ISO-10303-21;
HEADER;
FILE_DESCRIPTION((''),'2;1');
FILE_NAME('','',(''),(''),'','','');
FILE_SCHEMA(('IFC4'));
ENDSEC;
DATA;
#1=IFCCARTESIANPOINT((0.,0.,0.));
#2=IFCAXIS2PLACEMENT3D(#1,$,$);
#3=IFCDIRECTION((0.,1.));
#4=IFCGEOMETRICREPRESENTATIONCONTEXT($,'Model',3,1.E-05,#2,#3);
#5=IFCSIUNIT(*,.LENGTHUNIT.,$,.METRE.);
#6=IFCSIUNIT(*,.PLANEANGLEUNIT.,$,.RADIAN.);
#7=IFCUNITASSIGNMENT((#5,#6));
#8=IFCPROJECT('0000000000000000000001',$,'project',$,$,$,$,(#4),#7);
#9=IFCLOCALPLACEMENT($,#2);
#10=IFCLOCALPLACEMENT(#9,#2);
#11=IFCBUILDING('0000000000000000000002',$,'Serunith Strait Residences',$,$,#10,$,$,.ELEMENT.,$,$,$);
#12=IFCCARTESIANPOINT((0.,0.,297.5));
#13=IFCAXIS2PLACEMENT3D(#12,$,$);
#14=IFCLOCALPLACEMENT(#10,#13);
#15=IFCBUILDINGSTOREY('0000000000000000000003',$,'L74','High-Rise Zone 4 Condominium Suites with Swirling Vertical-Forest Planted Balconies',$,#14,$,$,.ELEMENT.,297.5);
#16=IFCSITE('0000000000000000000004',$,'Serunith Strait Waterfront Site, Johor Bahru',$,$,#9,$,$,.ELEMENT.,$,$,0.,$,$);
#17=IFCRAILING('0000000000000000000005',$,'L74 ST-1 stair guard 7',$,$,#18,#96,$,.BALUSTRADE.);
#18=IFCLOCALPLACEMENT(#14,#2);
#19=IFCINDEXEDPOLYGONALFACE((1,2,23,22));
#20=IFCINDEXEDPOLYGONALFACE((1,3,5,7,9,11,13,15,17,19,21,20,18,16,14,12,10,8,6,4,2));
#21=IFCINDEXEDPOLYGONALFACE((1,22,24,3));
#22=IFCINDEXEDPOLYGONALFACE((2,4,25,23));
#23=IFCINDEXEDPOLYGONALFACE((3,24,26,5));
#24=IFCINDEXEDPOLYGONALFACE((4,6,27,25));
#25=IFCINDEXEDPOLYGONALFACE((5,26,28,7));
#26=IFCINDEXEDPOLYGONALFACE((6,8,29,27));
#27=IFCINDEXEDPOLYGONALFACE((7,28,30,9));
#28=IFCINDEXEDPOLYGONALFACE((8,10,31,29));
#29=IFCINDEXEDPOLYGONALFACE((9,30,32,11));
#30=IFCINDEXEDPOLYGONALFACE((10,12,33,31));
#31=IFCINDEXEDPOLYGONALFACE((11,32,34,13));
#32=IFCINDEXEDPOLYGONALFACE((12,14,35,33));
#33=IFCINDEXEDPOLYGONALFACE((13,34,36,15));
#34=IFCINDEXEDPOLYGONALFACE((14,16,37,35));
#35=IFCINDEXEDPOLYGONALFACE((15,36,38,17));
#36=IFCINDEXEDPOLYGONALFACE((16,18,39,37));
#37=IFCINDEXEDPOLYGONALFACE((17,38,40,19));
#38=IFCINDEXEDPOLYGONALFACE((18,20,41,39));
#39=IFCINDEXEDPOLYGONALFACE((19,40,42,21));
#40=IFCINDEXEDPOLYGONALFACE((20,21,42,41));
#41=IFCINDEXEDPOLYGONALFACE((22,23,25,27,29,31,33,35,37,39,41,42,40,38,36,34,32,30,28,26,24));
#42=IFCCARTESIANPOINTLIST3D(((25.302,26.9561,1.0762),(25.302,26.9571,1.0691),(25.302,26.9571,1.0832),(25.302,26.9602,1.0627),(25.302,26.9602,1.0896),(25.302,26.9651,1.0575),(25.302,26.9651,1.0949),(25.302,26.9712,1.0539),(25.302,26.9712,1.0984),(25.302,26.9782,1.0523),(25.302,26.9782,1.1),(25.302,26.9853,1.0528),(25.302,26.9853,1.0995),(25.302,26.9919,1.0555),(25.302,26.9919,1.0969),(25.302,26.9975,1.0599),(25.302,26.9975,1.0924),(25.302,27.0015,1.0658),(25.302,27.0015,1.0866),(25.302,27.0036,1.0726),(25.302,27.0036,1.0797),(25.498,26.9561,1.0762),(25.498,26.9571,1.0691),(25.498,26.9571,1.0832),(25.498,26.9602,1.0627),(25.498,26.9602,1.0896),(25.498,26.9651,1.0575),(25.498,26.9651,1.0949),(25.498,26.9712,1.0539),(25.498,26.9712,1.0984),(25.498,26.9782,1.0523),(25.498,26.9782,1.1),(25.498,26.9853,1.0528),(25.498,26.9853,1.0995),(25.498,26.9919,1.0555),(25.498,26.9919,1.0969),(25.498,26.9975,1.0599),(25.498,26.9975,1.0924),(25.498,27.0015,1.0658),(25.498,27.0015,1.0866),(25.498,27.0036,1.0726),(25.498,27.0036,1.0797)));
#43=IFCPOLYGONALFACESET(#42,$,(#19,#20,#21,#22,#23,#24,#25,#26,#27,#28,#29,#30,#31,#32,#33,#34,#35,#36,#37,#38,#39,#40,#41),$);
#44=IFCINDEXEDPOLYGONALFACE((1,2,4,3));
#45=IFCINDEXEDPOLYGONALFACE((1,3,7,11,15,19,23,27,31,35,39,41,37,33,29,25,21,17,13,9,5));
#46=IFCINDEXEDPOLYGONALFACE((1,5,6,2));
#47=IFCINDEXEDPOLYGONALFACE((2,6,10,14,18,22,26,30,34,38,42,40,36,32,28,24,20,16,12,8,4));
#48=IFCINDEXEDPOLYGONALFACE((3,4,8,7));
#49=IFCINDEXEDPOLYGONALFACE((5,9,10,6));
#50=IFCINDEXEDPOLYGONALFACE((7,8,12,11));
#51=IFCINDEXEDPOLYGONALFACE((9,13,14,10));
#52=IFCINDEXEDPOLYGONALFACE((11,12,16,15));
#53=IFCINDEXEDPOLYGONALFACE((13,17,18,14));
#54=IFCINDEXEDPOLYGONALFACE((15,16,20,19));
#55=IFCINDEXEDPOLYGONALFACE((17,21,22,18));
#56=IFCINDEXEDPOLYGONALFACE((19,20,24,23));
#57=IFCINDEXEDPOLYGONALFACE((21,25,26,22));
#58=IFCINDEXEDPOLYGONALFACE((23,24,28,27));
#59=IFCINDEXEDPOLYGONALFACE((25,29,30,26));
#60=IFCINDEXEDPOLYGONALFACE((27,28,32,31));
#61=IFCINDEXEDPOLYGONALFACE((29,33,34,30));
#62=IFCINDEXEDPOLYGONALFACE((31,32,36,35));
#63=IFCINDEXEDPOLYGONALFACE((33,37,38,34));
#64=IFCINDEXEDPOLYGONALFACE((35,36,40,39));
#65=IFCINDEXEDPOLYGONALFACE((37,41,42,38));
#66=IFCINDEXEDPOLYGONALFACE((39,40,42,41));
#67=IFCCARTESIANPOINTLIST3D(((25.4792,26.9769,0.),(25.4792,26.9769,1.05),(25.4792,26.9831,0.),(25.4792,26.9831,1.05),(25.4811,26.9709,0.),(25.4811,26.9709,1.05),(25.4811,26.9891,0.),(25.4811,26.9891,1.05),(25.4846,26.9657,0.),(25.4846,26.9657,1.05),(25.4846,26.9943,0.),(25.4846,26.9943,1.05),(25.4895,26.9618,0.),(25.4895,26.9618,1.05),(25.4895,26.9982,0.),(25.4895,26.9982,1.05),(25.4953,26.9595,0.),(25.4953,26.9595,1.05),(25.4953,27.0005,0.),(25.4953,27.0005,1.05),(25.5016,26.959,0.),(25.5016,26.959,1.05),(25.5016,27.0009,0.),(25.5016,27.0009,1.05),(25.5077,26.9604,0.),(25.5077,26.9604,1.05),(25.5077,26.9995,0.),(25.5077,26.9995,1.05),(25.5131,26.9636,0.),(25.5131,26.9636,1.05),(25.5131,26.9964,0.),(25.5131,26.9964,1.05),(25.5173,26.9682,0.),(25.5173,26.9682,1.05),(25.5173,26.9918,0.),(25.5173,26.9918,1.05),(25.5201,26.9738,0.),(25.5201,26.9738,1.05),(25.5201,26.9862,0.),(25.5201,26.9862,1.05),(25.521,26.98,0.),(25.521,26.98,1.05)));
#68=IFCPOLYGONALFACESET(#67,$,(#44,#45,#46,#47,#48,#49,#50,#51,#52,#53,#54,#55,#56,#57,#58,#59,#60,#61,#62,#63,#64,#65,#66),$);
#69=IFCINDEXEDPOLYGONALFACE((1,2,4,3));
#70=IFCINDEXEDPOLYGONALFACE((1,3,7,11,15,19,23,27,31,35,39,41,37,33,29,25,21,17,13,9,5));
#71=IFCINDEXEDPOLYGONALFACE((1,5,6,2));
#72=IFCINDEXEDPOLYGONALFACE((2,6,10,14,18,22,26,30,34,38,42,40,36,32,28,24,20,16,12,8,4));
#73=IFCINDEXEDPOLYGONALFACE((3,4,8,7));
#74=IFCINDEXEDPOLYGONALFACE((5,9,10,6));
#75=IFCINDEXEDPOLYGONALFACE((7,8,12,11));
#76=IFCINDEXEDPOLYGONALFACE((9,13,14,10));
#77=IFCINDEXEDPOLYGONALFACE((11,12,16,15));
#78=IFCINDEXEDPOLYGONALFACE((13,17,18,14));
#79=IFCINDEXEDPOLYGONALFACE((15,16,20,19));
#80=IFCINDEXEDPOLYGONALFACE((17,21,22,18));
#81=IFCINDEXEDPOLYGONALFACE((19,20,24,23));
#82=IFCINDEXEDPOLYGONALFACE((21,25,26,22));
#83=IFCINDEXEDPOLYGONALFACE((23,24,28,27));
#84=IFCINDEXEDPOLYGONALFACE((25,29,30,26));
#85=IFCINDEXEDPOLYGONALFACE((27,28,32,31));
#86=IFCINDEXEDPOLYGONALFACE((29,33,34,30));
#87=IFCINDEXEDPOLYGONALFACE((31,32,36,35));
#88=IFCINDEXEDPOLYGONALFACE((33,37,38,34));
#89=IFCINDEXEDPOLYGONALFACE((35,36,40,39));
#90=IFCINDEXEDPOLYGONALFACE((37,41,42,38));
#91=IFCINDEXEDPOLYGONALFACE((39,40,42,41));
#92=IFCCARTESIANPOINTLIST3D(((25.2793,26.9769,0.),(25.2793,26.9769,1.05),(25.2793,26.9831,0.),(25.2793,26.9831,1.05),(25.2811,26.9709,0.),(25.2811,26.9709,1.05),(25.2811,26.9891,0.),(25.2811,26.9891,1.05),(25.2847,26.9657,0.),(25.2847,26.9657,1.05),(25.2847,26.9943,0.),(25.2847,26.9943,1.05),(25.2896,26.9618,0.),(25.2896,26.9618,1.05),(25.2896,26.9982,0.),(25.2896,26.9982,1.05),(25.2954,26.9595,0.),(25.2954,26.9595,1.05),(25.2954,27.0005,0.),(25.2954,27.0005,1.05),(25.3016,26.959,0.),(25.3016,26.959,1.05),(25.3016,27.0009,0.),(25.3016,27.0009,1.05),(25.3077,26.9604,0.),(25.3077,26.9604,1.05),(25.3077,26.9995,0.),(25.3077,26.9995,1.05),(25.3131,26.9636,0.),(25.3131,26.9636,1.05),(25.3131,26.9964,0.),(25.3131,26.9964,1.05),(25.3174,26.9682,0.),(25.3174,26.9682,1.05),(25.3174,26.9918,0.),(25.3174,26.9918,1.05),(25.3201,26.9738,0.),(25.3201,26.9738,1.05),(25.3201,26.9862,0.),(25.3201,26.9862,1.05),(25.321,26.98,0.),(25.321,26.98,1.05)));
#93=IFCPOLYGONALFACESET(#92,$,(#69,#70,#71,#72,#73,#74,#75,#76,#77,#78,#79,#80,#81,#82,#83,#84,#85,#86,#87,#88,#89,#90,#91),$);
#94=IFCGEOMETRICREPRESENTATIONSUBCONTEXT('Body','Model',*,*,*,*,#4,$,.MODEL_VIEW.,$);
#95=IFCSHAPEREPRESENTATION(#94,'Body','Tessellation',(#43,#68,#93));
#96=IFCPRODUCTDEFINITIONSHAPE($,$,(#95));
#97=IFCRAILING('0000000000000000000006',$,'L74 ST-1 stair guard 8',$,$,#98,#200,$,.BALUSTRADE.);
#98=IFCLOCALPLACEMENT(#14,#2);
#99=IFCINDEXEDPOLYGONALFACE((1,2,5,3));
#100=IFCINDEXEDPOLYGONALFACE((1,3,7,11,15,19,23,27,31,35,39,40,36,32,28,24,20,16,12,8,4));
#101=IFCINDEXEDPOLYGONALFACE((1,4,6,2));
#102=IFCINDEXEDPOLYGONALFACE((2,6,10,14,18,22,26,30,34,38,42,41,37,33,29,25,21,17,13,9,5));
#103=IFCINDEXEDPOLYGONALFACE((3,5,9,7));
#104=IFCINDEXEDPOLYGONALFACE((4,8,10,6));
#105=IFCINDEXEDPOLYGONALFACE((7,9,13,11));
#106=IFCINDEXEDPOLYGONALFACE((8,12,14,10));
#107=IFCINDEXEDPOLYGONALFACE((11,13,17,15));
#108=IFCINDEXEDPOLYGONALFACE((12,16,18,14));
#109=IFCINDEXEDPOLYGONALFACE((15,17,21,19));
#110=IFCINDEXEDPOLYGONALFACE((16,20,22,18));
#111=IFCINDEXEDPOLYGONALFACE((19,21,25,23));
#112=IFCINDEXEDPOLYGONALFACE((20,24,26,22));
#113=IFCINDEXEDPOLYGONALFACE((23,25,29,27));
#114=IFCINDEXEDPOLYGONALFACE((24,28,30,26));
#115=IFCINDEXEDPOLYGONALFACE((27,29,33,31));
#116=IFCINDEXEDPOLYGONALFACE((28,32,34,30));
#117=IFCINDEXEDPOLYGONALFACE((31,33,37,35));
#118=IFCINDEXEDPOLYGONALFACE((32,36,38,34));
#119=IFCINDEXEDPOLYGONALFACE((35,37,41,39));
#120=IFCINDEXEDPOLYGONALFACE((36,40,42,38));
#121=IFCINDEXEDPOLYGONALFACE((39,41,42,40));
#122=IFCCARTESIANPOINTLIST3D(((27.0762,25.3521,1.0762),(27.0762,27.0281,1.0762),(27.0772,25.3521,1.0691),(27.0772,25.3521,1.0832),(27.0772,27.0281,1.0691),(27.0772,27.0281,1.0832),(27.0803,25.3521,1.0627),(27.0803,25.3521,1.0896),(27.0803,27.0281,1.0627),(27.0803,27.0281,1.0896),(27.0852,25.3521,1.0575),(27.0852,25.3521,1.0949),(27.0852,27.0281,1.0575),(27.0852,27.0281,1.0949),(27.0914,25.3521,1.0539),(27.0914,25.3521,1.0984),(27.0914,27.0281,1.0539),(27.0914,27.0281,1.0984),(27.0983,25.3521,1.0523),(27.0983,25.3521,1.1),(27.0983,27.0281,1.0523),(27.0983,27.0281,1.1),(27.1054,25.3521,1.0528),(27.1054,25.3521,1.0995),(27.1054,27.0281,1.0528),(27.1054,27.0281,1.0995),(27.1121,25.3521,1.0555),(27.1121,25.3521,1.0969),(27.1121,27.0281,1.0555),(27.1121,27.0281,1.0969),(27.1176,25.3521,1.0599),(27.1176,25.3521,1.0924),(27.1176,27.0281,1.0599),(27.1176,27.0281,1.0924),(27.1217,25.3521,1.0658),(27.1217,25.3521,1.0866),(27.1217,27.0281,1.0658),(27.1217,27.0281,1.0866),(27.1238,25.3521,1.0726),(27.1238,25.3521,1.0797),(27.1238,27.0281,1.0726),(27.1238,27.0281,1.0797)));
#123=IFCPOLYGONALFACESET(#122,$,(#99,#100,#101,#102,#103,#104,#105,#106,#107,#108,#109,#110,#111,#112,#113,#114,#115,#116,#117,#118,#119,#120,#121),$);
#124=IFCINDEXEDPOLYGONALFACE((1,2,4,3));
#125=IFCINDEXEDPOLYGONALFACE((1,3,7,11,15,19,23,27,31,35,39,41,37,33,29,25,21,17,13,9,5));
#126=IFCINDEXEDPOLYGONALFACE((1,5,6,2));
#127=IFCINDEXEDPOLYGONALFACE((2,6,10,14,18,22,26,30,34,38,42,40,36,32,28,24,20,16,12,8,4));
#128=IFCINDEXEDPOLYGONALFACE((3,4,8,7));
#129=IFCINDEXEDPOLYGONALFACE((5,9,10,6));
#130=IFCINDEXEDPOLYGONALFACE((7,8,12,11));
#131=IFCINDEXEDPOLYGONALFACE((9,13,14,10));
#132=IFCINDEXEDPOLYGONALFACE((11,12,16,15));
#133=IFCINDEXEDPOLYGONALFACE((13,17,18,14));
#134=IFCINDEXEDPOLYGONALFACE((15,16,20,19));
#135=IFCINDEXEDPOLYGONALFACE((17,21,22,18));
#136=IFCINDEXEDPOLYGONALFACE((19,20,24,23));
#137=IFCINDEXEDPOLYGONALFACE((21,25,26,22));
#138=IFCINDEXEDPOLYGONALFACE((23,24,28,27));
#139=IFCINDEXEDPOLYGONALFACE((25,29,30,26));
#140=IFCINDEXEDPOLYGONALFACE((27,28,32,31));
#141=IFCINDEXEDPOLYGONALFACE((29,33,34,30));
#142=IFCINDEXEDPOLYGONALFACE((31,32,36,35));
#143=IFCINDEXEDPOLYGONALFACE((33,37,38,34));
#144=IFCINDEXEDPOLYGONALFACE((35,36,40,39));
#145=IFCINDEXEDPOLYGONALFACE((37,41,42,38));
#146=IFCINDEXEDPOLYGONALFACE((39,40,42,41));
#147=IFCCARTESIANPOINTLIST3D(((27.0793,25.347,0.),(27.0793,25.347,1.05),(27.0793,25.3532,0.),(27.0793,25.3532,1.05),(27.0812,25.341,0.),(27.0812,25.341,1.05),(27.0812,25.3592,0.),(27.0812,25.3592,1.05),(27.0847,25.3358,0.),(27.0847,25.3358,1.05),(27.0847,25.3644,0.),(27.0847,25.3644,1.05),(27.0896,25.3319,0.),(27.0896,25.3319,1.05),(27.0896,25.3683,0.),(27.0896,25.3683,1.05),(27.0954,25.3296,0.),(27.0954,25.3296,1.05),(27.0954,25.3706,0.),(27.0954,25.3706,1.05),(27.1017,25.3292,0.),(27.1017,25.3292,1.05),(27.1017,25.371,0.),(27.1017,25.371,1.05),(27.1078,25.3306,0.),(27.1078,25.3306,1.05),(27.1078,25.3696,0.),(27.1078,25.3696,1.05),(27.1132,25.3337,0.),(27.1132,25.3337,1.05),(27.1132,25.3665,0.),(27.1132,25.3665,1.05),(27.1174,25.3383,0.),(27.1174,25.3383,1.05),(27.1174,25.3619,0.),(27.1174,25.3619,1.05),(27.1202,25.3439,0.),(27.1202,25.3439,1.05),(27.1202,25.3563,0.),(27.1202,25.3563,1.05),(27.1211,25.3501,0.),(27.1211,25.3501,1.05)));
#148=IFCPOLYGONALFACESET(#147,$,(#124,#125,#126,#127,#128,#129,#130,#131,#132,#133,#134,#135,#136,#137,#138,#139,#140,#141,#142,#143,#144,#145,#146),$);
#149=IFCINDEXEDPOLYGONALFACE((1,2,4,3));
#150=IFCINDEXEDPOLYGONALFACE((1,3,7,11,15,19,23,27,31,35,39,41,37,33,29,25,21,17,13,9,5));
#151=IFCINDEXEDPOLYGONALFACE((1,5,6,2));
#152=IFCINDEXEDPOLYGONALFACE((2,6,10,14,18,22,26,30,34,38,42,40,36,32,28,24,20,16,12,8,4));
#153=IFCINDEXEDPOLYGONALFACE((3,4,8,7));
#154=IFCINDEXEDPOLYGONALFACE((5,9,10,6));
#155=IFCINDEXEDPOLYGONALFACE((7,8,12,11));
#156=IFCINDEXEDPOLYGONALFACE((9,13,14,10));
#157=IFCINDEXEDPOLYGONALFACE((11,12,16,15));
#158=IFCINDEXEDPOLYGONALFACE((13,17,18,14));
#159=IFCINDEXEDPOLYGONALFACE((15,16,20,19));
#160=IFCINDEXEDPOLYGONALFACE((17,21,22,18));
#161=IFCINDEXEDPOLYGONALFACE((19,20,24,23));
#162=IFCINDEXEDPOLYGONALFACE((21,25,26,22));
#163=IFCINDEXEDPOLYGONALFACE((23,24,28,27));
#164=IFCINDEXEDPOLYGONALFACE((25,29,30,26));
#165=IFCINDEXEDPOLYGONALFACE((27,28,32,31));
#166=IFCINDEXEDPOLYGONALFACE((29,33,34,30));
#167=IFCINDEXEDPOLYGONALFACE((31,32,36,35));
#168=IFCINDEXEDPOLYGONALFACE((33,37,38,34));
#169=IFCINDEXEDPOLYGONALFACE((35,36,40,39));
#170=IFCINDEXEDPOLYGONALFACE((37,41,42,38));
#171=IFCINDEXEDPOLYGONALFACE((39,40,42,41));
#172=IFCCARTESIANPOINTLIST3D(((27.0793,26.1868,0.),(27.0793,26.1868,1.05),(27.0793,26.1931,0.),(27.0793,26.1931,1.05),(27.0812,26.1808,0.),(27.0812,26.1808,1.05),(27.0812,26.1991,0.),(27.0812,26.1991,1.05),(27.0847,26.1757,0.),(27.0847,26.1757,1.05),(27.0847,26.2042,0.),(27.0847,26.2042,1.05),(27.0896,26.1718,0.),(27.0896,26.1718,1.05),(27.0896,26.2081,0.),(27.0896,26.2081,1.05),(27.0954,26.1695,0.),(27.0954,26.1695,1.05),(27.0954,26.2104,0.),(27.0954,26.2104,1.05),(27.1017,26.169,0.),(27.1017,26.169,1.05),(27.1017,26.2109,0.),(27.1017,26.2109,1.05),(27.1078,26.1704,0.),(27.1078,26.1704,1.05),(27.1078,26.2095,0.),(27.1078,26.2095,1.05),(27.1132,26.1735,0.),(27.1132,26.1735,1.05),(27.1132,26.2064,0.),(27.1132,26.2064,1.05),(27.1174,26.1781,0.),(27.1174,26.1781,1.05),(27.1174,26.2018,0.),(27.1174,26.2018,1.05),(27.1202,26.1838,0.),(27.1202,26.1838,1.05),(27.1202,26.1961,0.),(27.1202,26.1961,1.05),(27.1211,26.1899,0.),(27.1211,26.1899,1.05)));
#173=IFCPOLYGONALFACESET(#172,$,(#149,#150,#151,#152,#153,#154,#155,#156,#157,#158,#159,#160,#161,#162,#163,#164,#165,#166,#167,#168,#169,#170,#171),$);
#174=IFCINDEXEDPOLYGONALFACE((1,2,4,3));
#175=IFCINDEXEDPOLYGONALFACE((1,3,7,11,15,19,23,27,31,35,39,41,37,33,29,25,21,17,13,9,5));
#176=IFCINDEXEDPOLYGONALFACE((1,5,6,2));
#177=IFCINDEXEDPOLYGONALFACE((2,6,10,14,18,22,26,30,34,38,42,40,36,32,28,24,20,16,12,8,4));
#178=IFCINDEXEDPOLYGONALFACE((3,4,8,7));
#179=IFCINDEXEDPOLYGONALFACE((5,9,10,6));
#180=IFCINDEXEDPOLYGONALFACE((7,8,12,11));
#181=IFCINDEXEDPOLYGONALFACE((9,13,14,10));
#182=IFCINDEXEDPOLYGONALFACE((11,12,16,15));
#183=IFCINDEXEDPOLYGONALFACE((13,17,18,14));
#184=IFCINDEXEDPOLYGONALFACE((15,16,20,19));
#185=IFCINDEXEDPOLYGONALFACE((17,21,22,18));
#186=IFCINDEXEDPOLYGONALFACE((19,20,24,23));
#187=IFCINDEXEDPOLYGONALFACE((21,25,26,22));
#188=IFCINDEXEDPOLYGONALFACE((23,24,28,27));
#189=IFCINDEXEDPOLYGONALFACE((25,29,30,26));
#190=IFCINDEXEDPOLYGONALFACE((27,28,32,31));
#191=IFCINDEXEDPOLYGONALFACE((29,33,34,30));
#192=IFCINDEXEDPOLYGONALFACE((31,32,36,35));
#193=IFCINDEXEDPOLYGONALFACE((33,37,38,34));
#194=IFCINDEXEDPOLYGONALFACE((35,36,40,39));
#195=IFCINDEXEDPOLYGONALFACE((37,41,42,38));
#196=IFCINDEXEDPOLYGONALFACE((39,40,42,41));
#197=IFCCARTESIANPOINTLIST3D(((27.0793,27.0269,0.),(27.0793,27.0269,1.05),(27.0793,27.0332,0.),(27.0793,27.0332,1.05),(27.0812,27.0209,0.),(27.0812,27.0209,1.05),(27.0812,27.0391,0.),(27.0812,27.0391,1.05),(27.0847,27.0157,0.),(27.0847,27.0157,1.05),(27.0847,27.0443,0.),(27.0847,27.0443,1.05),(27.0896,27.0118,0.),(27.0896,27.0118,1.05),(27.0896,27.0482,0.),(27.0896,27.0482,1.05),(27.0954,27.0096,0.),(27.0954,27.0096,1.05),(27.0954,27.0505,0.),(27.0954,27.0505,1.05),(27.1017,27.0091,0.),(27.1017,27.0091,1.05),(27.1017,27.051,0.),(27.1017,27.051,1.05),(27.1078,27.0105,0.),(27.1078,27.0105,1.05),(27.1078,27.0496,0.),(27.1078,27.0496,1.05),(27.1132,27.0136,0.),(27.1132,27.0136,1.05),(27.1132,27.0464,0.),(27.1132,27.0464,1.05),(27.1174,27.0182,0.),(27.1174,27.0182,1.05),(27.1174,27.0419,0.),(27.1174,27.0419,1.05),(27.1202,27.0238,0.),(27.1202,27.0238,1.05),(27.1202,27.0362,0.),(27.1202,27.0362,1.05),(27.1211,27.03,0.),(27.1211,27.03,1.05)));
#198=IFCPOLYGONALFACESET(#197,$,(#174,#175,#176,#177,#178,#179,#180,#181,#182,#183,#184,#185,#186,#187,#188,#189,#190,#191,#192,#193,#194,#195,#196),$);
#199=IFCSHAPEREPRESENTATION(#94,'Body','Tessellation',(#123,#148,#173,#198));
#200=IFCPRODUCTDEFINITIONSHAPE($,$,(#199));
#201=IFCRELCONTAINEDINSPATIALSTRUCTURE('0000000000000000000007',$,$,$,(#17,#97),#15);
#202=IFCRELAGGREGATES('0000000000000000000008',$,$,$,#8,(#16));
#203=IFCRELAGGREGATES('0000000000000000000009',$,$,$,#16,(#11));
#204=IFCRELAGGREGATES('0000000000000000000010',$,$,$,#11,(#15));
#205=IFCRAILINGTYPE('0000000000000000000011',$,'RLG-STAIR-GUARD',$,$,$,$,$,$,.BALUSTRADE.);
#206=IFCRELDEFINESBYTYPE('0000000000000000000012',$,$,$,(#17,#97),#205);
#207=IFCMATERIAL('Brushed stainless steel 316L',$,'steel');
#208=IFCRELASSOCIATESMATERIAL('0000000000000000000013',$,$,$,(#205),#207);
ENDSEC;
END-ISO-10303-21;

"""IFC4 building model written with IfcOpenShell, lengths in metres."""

from ifc_helpers import new_model, si_unit, direction, frame, origin, origin_2d, place, context, subcontext, project, spatial, circle, extrude, material, type_object, element, save


model = new_model("IFC4")

# Units and contexts
model_context = context("Model", 3, precision=1e-05, world=origin(), true_north=direction((0.0, 1.0)))
body_context = subcontext(model_context, "Body", "Model", "MODEL_VIEW")
ifc_project = project(units=[si_unit("LENGTHUNIT", "METRE"), si_unit("PLANEANGLEUNIT", "RADIAN")], contexts=[model_context])

# Site, building, storey
site_placement = place(None, origin())
site = spatial("IfcSite", under=ifc_project, at=site_placement, Name="Serunith Strait Waterfront Site, Johor Bahru", CompositionType="ELEMENT", RefElevation=0.0)
building_placement = place(site_placement, origin())
building = spatial("IfcBuilding", under=site, at=building_placement, Name="Serunith Strait Residences", CompositionType="ELEMENT")
storey_placement = place(building_placement, frame((0.0, 0.0, 297.5)))
storey = spatial("IfcBuildingStorey", under=building, at=storey_placement, Name="L74", Description="High-Rise Zone 4 Condominium Suites with Swirling Vertical-Forest Planted Balconies", CompositionType="ELEMENT", Elevation=297.5)

# Railings
ifc_material_1 = material(Name="Brushed stainless steel 316L", Category="steel")
railing_type_1 = type_object("IfcRailingType", Name="RLG-STAIR-GUARD", PredefinedType="BALUSTRADE", material=ifc_material_1)
railing_1_placement = place(storey_placement, frame((25.5, 26.98, 0.0)))
element("IfcRailing", 1, at=railing_1_placement, inside=storey, type_object=railing_type_1, Name="L74 ST-1 stair guard 7", PredefinedType="BALUSTRADE", context=body_context, shape_type="SweptSolid", body=[
    extrude(circle(Radius=0.0239, at=origin_2d()), frame((-0.002, 0.0, 1.0762), z_axis=(-1.0, 0.0, 0.0), x_axis=(0.0, -1.0, 0.0)), (0.0, 0.0, 1.0), 0.196),
    extrude(circle(Radius=0.021, at=origin_2d()), origin(), (0.0, 0.0, 1.0), 1.05),
    extrude(circle(Radius=0.021, at=origin_2d()), frame((-0.2, 0.0, 0.0)), (0.0, 0.0, 1.0), 1.05),
])
for number, where, name in (
    (2, (27.1001, 25.3501, 0.0), "L74 ST-1 stair guard 8"),
):
    element("IfcRailing", number, at=place(storey_placement, frame(where)), inside=storey, type_object=railing_type_1, Name=name, PredefinedType="BALUSTRADE", context=body_context, shape_type="SweptSolid", body=[
        extrude(circle(Radius=0.0239, at=origin_2d()), frame((0.0, 0.002, 1.0762), z_axis=(0.0, 1.0, 0.0), x_axis=(-1.0, 0.0, 0.0)), (0.0, 0.0, 1.0), 1.676),
        extrude(circle(Radius=0.021, at=origin_2d()), origin(), (0.0, 0.0, 1.0), 1.05),
        extrude(circle(Radius=0.021, at=origin_2d()), frame((0.0, 0.8398, 0.0)), (0.0, 0.0, 1.0), 1.05),
        extrude(circle(Radius=0.021, at=origin_2d()), frame((0.0, 1.6799, 0.0)), (0.0, 0.0, 1.0), 1.05),
    ])

save(model, "model.ifc")
